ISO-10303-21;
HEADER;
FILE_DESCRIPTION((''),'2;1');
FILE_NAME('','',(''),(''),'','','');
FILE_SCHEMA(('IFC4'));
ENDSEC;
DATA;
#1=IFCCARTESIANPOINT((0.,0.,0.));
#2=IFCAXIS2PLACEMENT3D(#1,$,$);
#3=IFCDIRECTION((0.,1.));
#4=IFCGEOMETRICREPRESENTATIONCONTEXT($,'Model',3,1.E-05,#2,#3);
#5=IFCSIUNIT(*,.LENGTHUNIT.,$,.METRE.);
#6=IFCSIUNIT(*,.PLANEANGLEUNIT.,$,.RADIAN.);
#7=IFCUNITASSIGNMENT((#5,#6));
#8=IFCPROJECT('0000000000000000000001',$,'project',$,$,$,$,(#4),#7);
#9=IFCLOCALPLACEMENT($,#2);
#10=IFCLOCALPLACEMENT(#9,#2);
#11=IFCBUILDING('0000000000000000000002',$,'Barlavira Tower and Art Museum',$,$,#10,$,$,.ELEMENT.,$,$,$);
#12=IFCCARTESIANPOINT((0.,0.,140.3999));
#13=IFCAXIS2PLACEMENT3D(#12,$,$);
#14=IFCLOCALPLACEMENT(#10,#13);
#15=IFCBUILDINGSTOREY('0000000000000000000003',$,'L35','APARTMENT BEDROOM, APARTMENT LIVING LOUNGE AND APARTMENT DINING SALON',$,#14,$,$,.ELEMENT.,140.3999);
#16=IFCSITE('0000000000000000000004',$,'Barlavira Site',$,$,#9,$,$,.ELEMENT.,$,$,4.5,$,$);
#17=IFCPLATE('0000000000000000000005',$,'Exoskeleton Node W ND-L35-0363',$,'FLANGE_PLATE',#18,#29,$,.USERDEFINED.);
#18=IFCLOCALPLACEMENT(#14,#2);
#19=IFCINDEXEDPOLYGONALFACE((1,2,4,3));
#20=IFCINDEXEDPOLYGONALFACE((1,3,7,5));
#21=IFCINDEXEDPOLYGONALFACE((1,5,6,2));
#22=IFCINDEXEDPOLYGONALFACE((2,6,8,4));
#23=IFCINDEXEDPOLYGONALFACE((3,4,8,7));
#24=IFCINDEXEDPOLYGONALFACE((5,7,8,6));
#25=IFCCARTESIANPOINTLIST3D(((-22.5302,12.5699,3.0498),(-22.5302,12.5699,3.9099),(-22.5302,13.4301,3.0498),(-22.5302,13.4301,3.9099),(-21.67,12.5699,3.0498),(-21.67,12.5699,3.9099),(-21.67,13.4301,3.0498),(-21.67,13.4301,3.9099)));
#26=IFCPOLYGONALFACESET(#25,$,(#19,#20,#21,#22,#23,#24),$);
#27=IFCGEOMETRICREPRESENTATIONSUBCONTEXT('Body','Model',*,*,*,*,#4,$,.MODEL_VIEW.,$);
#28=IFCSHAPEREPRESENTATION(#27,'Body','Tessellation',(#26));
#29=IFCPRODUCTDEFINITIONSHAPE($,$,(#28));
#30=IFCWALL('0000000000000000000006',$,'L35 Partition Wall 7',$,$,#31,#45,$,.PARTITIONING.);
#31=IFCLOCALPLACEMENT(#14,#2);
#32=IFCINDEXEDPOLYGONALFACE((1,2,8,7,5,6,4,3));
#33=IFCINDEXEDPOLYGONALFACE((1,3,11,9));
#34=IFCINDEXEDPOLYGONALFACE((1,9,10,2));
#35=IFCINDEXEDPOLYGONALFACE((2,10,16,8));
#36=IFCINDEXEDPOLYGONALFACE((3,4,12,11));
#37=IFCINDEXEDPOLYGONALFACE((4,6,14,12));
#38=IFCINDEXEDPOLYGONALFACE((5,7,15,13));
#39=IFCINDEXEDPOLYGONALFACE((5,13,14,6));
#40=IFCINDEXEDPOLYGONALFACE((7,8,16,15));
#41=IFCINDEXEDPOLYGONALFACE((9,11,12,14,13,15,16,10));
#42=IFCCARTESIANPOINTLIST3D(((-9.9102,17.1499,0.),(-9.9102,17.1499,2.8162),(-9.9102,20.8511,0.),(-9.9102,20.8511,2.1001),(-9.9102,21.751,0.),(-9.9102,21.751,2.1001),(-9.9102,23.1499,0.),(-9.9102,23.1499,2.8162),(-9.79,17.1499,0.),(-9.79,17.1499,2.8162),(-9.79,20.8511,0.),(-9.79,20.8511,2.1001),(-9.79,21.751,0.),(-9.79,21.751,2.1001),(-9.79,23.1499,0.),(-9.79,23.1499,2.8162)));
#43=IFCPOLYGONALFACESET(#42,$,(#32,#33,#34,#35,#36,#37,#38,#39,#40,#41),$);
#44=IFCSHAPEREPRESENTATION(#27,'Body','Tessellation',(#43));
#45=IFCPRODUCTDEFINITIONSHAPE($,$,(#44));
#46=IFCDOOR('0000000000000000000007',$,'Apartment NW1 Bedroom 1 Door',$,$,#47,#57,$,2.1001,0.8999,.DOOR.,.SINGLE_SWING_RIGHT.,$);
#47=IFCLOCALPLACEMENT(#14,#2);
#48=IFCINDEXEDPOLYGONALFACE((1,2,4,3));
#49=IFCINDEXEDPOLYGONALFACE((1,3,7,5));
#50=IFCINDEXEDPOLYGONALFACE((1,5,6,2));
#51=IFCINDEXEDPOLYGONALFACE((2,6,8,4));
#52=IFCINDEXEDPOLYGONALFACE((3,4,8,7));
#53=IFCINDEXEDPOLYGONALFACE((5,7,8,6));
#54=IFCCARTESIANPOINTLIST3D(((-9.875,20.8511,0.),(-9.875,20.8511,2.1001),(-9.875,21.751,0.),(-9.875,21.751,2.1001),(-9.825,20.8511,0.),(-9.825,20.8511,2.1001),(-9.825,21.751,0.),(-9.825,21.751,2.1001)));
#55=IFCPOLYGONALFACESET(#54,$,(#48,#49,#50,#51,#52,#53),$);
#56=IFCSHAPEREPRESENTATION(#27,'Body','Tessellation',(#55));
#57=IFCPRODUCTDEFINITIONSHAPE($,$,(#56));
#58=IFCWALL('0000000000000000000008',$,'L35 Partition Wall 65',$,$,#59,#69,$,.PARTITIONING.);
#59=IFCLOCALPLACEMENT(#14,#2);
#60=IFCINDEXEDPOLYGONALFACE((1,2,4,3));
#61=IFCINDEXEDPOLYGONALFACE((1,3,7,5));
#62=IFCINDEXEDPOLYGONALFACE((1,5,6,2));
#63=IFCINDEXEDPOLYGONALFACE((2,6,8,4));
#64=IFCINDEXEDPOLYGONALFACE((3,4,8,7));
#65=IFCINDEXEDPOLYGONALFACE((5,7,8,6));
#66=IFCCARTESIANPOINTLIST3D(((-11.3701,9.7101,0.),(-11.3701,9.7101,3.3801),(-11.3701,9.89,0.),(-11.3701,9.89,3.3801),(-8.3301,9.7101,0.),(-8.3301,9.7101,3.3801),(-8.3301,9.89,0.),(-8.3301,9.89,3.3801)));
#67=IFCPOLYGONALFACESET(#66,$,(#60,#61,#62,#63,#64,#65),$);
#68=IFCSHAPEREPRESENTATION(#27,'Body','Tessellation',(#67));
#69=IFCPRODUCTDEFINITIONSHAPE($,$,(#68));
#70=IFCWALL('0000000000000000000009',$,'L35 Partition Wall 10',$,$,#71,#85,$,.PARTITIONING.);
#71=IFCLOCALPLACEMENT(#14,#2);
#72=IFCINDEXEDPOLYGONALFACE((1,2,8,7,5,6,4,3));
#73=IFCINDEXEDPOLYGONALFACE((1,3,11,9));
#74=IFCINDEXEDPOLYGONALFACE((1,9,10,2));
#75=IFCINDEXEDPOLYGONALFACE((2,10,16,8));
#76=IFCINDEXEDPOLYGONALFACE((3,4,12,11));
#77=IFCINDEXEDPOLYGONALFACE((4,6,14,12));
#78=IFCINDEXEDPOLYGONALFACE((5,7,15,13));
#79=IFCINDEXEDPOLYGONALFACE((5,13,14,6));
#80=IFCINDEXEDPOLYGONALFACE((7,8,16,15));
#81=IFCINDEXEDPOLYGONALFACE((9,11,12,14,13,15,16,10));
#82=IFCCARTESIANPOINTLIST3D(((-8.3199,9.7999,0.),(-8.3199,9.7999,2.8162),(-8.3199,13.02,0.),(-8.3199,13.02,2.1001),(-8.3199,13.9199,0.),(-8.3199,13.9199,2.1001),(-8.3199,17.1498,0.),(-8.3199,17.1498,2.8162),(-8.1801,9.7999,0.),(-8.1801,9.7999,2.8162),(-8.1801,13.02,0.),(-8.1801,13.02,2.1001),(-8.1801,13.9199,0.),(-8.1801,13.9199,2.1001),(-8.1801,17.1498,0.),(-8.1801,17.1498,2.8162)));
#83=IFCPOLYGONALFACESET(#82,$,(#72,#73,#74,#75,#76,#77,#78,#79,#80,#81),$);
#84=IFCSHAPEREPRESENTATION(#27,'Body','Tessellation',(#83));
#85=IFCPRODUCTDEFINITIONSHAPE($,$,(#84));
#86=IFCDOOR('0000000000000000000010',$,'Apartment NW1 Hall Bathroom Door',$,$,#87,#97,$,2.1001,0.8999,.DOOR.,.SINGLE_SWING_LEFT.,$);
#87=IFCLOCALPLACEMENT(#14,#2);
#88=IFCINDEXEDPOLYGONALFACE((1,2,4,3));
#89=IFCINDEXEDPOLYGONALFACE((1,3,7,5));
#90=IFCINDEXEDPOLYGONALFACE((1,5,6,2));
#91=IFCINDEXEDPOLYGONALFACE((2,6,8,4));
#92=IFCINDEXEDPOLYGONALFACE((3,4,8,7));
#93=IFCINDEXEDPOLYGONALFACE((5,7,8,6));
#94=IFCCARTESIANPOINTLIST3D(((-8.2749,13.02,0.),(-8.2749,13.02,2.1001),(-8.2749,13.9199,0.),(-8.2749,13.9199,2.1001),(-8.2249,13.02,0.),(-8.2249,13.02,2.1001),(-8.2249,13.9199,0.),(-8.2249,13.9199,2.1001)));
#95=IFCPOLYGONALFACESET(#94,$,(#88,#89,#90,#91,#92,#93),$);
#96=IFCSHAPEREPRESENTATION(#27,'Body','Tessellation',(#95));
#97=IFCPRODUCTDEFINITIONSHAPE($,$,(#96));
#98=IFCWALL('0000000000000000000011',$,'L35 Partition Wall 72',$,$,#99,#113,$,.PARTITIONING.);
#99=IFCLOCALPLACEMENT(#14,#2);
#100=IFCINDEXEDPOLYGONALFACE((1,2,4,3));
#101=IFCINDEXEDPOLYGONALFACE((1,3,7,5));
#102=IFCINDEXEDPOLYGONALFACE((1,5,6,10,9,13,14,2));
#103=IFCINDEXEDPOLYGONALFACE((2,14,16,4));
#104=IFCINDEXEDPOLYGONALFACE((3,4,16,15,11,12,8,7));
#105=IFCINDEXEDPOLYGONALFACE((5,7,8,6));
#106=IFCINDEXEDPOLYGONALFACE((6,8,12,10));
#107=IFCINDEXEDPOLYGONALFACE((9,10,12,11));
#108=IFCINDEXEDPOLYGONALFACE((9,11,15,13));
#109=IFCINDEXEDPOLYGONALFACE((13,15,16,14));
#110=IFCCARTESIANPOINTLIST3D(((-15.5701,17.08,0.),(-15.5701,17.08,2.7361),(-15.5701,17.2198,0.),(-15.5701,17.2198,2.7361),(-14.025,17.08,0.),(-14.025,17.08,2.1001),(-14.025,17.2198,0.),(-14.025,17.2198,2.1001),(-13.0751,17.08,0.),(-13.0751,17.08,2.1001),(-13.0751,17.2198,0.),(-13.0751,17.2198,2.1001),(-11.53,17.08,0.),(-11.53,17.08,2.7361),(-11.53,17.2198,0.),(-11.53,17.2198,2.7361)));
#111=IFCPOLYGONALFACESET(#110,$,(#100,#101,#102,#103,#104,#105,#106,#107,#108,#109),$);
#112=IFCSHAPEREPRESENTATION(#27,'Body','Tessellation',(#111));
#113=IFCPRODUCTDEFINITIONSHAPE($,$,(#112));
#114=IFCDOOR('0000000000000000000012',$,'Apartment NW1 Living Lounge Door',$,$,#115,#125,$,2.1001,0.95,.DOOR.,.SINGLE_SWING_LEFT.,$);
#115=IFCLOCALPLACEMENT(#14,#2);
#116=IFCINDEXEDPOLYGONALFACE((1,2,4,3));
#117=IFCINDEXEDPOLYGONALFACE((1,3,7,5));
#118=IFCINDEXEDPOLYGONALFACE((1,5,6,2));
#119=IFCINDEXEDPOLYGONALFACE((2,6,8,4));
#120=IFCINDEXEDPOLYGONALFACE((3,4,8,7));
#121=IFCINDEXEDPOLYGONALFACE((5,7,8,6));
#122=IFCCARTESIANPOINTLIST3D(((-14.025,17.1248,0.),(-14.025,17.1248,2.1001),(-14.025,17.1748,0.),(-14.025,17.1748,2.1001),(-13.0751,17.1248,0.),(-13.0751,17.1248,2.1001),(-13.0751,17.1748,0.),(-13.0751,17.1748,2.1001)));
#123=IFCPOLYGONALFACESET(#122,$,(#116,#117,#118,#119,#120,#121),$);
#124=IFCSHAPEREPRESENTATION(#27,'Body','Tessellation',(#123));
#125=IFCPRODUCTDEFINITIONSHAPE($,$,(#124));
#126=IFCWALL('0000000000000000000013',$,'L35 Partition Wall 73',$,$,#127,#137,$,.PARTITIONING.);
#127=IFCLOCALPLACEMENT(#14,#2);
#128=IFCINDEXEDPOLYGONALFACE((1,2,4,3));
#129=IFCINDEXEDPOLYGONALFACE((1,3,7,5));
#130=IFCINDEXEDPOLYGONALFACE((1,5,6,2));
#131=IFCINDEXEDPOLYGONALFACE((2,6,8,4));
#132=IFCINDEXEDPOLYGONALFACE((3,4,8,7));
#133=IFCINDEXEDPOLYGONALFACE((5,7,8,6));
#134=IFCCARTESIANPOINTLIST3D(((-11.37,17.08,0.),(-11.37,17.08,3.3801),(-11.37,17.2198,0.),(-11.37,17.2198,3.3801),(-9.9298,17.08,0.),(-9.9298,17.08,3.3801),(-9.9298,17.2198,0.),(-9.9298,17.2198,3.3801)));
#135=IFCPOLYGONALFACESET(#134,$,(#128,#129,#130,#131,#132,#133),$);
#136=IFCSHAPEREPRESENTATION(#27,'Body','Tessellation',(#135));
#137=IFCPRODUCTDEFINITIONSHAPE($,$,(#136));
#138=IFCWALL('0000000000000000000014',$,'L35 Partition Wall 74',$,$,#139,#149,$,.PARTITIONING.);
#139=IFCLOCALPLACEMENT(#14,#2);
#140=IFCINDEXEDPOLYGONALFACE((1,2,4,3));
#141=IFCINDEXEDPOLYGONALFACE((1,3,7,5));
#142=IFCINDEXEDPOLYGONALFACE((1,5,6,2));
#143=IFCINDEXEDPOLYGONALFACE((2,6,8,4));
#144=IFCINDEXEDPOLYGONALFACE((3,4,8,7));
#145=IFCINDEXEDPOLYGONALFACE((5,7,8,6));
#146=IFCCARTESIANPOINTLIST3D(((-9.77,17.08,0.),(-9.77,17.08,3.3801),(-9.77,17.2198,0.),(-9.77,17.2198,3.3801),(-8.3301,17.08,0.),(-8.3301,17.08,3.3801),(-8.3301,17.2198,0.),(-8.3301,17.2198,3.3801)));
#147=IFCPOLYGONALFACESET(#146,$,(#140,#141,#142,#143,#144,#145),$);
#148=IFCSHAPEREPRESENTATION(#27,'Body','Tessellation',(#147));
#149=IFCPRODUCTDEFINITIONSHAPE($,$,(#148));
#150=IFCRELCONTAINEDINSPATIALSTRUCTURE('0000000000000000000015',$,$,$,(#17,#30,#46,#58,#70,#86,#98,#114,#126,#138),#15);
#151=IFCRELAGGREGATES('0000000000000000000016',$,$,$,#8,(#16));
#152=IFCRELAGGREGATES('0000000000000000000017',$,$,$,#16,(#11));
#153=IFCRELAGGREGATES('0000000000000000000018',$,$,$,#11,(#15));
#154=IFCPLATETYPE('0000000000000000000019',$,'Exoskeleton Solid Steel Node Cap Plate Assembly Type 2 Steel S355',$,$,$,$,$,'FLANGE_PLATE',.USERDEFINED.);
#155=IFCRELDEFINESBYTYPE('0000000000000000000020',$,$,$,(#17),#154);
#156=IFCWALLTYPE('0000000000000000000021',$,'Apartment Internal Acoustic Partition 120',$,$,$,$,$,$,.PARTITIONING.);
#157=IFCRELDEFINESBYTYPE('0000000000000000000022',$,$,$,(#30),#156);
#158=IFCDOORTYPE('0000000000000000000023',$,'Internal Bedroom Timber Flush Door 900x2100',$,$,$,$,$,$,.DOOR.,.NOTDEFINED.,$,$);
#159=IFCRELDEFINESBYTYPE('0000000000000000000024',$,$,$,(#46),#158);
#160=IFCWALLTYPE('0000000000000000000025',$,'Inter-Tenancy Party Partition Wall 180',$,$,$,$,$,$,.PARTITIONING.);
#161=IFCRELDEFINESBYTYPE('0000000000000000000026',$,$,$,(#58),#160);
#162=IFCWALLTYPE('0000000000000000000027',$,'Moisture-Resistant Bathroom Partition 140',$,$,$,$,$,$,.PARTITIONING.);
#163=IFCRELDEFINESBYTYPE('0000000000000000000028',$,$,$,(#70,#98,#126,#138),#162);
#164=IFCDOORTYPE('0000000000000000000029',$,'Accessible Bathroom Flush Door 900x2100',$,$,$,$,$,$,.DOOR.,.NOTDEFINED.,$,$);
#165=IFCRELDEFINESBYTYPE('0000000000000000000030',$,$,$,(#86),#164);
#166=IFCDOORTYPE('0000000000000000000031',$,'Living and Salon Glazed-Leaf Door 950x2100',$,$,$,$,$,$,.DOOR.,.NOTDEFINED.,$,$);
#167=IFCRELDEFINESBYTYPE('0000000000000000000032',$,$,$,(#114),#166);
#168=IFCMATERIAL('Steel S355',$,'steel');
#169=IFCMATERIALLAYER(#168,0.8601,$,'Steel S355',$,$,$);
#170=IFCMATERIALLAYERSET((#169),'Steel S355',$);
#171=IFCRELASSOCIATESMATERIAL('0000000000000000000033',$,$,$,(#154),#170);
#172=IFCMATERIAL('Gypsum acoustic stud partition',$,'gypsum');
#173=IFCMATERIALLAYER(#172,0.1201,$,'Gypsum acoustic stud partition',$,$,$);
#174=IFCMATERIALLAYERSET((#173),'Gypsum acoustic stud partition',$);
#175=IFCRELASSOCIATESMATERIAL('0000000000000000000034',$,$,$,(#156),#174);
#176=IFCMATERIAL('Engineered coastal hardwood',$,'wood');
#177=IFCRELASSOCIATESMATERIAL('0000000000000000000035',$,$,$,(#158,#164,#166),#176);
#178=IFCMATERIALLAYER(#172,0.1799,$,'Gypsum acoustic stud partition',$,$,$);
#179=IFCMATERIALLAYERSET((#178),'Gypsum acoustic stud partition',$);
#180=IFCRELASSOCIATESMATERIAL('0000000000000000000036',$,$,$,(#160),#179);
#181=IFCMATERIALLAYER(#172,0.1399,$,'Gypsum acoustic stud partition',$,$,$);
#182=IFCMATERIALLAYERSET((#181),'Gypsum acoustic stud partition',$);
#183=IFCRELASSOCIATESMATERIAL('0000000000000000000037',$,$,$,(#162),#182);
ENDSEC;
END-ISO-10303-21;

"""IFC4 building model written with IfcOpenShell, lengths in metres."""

from ifc_helpers import new_model, si_unit, direction, frame, frame_2d, origin, origin_2d, place, context, subcontext, project, spatial, rectangle, extrude, material, layer, layer_set, type_object, element, fill, save


model = new_model("IFC4")

# Units and contexts
model_context = context("Model", 3, precision=1e-05, world=origin(), true_north=direction((0.0, 1.0)))
body_context = subcontext(model_context, "Body", "Model", "MODEL_VIEW")
ifc_project = project(units=[si_unit("LENGTHUNIT", "METRE"), si_unit("PLANEANGLEUNIT", "RADIAN")], contexts=[model_context])

# Site, building, storey
site_placement = place(None, origin())
site = spatial("IfcSite", under=ifc_project, at=site_placement, Name="Barlavira Site", CompositionType="ELEMENT", RefElevation=4.5)
building_placement = place(site_placement, origin())
building = spatial("IfcBuilding", under=site, at=building_placement, Name="Barlavira Tower and Art Museum", CompositionType="ELEMENT")
storey_placement = place(building_placement, frame((0.0, 0.0, 140.3999)))
storey = spatial("IfcBuildingStorey", under=building, at=storey_placement, Name="L35", Description="APARTMENT BEDROOM, APARTMENT LIVING LOUNGE AND APARTMENT DINING SALON", CompositionType="ELEMENT", Elevation=140.3999)

# Shared definitions
ifc_material_1 = material(Name="Steel S355", Category="steel")

# Plate
ifc_layer_1 = layer(ifc_material_1, 0.8601, Name="Steel S355")
ifc_layer_set_1 = layer_set([ifc_layer_1], Name="Steel S355")
plate_type = type_object("IfcPlateType", Name="Exoskeleton Solid Steel Node Cap Plate Assembly Type 2 Steel S355", ElementType="FLANGE_PLATE", PredefinedType="USERDEFINED", material=ifc_layer_set_1)
for number, where, z_axis, x_axis, name in (
    (1, (-22.1001, 13.0, 3.0498), (0.0, 0.0, 1.0), (1.0, 0.0, 0.0), "Exoskeleton Node W ND-L35-0363"),
):
    element("IfcPlate", number, at=place(storey_placement, frame(where, z_axis=z_axis, x_axis=x_axis)), inside=storey, type_object=plate_type, Name=name, ObjectType="FLANGE_PLATE", PredefinedType="USERDEFINED", context=body_context, shape_type="SweptSolid", body=[
        extrude(rectangle(XDim=0.8601, YDim=0.8601, at=origin_2d()), origin(), (0.0, 0.0, 1.0), 0.8601),
    ])

# Wall, opening, door
ifc_material_2 = material(Name="Gypsum acoustic stud partition", Category="gypsum")
ifc_layer_2 = layer(ifc_material_2, 0.1201, Name="Gypsum acoustic stud partition")
ifc_layer_set_2 = layer_set([ifc_layer_2], Name="Gypsum acoustic stud partition")
wall_type_1 = type_object("IfcWallType", Name="Apartment Internal Acoustic Partition 120", PredefinedType="PARTITIONING", material=ifc_layer_set_2)
wall_1_placement = place(storey_placement, frame((-9.8501, 17.1499, 0.0), z_axis=(0.0, 0.0, 1.0), x_axis=(0.0, 1.0, 0.0)))
wall_1 = element("IfcWall", 2, at=wall_1_placement, inside=storey, type_object=wall_type_1, Name="L35 Partition Wall 7", PredefinedType="PARTITIONING", context=body_context, shape_type="SweptSolid", body=[
    extrude(rectangle(XDim=6.0, YDim=0.1201, at=frame_2d((3.0, 0.0))), origin(), (0.0, 0.0, 1.0), 2.8162),
])
opening_1_placement = place(wall_1_placement, frame((3.7012, 0.0, 0.0)))
opening_1 = element("IfcOpeningElement", 3, at=opening_1_placement, cuts=wall_1, PredefinedType="OPENING", context=body_context, shape_type="SweptSolid", body=[
    extrude(rectangle(XDim=0.8999, YDim=2.1001, at=frame_2d((0.45, 1.05))), frame((0.0, 0.0701, 0.0), z_axis=(0.0, -1.0, 0.0), x_axis=(1.0, 0.0, 0.0)), (0.0, 0.0, 1.0), 0.1401),
])
ifc_material_3 = material(Name="Engineered coastal hardwood", Category="wood")
door_type_1 = type_object("IfcDoorType", Name="Internal Bedroom Timber Flush Door 900x2100", OperationType="NOTDEFINED", PredefinedType="DOOR", material=ifc_material_3)
door_1_placement = place(opening_1_placement, origin())
door_1 = element("IfcDoor", 4, at=door_1_placement, inside=storey, type_object=door_type_1, Name="Apartment NW1 Bedroom 1 Door", OperationType="SINGLE_SWING_RIGHT", OverallHeight=2.1001, OverallWidth=0.8999, PredefinedType="DOOR", context=body_context, shape_type="SweptSolid", body=[
    extrude(rectangle(XDim=0.8999, YDim=2.1001, at=frame_2d((0.45, 1.05))), frame((0.0, 0.0249, 0.0), z_axis=(0.0, -1.0, 0.0), x_axis=(1.0, 0.0, 0.0)), (0.0, 0.0, 1.0), 0.05),
])
fill(opening_1, door_1)

# Wall
ifc_layer_3 = layer(ifc_material_2, 0.1799, Name="Gypsum acoustic stud partition")
ifc_layer_set_3 = layer_set([ifc_layer_3], Name="Gypsum acoustic stud partition")
wall_type_2 = type_object("IfcWallType", Name="Inter-Tenancy Party Partition Wall 180", PredefinedType="PARTITIONING", material=ifc_layer_set_3)
wall_2_placement = place(storey_placement, frame((-11.3701, 9.8, 0.0), z_axis=(0.0, 0.0, 1.0), x_axis=(1.0, 0.0, 0.0)))
element("IfcWall", 5, at=wall_2_placement, inside=storey, type_object=wall_type_2, Name="L35 Partition Wall 65", PredefinedType="PARTITIONING", context=body_context, shape_type="SweptSolid", body=[
    extrude(rectangle(XDim=3.04, YDim=0.1799, at=frame_2d((1.52, 0.0))), origin(), (0.0, 0.0, 1.0), 3.3801),
])

# Walls, openings, doors
ifc_layer_4 = layer(ifc_material_2, 0.1399, Name="Gypsum acoustic stud partition")
ifc_layer_set_4 = layer_set([ifc_layer_4], Name="Gypsum acoustic stud partition")
wall_type_3 = type_object("IfcWallType", Name="Moisture-Resistant Bathroom Partition 140", PredefinedType="PARTITIONING", material=ifc_layer_set_4)
wall_3_placement = place(storey_placement, frame((-8.25, 9.8, 0.0), z_axis=(0.0, 0.0, 1.0), x_axis=(0.0, 1.0, 0.0)))
wall_3 = element("IfcWall", 6, at=wall_3_placement, inside=storey, type_object=wall_type_3, Name="L35 Partition Wall 10", PredefinedType="PARTITIONING", context=body_context, shape_type="SweptSolid", body=[
    extrude(rectangle(XDim=7.3499, YDim=0.1399, at=frame_2d((3.6748, 0.0))), origin(), (0.0, 0.0, 1.0), 2.8162),
])
opening_2_placement = place(wall_3_placement, frame((3.22, 0.0, 0.0)))
opening_2 = element("IfcOpeningElement", 7, at=opening_2_placement, cuts=wall_3, PredefinedType="OPENING", context=body_context, shape_type="SweptSolid", body=[
    extrude(rectangle(XDim=0.8999, YDim=2.1001, at=frame_2d((0.45, 1.05))), frame((0.0, 0.0801, 0.0), z_axis=(0.0, -1.0, 0.0), x_axis=(1.0, 0.0, 0.0)), (0.0, 0.0, 1.0), 0.1599),
])
door_type_2 = type_object("IfcDoorType", Name="Accessible Bathroom Flush Door 900x2100", OperationType="NOTDEFINED", PredefinedType="DOOR", material=ifc_material_3)
door_2_placement = place(opening_2_placement, origin())
door_2 = element("IfcDoor", 8, at=door_2_placement, inside=storey, type_object=door_type_2, Name="Apartment NW1 Hall Bathroom Door", OperationType="SINGLE_SWING_LEFT", OverallHeight=2.1001, OverallWidth=0.8999, PredefinedType="DOOR", context=body_context, shape_type="SweptSolid", body=[
    extrude(rectangle(XDim=0.8999, YDim=2.1001, at=frame_2d((0.45, 1.05))), frame((0.0, 0.0249, 0.0), z_axis=(0.0, -1.0, 0.0), x_axis=(1.0, 0.0, 0.0)), (0.0, 0.0, 1.0), 0.05),
])
fill(opening_2, door_2)
wall_4_placement = place(storey_placement, frame((-15.5701, 17.1499, 0.0), z_axis=(0.0, 0.0, 1.0), x_axis=(1.0, 0.0, 0.0)))
wall_4 = element("IfcWall", 9, at=wall_4_placement, inside=storey, type_object=wall_type_3, Name="L35 Partition Wall 72", PredefinedType="PARTITIONING", context=body_context, shape_type="SweptSolid", body=[
    extrude(rectangle(XDim=4.04, YDim=0.1399, at=frame_2d((2.02, 0.0))), origin(), (0.0, 0.0, 1.0), 2.7361),
])
opening_3_placement = place(wall_4_placement, frame((1.5449, 0.0, 0.0)))
opening_3 = element("IfcOpeningElement", 10, at=opening_3_placement, cuts=wall_4, PredefinedType="OPENING", context=body_context, shape_type="SweptSolid", body=[
    extrude(rectangle(XDim=0.95, YDim=2.1001, at=frame_2d((0.4751, 1.05))), frame((0.0, 0.0801, 0.0), z_axis=(0.0, -1.0, 0.0), x_axis=(1.0, 0.0, 0.0)), (0.0, 0.0, 1.0), 0.1599),
])
door_type_3 = type_object("IfcDoorType", Name="Living and Salon Glazed-Leaf Door 950x2100", OperationType="NOTDEFINED", PredefinedType="DOOR", material=ifc_material_3)
door_3_placement = place(opening_3_placement, origin())
door_3 = element("IfcDoor", 11, at=door_3_placement, inside=storey, type_object=door_type_3, Name="Apartment NW1 Living Lounge Door", OperationType="SINGLE_SWING_LEFT", OverallHeight=2.1001, OverallWidth=0.95, PredefinedType="DOOR", context=body_context, shape_type="SweptSolid", body=[
    extrude(rectangle(XDim=0.95, YDim=2.1001, at=frame_2d((0.4751, 1.05))), frame((0.0, 0.0249, 0.0), z_axis=(0.0, -1.0, 0.0), x_axis=(1.0, 0.0, 0.0)), (0.0, 0.0, 1.0), 0.05),
])
fill(opening_3, door_3)

# Walls
wall_5_placement = place(storey_placement, frame((-11.3701, 17.1499, 0.0), z_axis=(0.0, 0.0, 1.0), x_axis=(1.0, 0.0, 0.0)))
element("IfcWall", 12, at=wall_5_placement, inside=storey, type_object=wall_type_3, Name="L35 Partition Wall 73", PredefinedType="PARTITIONING", context=body_context, shape_type="SweptSolid", body=[
    extrude(rectangle(XDim=1.4402, YDim=0.1399, at=frame_2d((0.7202, 0.0))), origin(), (0.0, 0.0, 1.0), 3.3801),
])
wall_6_placement = place(storey_placement, frame((-9.77, 17.1499, 0.0), z_axis=(0.0, 0.0, 1.0), x_axis=(1.0, 0.0, 0.0)))
element("IfcWall", 13, at=wall_6_placement, inside=storey, type_object=wall_type_3, Name="L35 Partition Wall 74", PredefinedType="PARTITIONING", context=body_context, shape_type="SweptSolid", body=[
    extrude(rectangle(XDim=1.4399, YDim=0.1399, at=frame_2d((0.72, 0.0))), origin(), (0.0, 0.0, 1.0), 3.3801),
])

save(model, "model.ifc")
